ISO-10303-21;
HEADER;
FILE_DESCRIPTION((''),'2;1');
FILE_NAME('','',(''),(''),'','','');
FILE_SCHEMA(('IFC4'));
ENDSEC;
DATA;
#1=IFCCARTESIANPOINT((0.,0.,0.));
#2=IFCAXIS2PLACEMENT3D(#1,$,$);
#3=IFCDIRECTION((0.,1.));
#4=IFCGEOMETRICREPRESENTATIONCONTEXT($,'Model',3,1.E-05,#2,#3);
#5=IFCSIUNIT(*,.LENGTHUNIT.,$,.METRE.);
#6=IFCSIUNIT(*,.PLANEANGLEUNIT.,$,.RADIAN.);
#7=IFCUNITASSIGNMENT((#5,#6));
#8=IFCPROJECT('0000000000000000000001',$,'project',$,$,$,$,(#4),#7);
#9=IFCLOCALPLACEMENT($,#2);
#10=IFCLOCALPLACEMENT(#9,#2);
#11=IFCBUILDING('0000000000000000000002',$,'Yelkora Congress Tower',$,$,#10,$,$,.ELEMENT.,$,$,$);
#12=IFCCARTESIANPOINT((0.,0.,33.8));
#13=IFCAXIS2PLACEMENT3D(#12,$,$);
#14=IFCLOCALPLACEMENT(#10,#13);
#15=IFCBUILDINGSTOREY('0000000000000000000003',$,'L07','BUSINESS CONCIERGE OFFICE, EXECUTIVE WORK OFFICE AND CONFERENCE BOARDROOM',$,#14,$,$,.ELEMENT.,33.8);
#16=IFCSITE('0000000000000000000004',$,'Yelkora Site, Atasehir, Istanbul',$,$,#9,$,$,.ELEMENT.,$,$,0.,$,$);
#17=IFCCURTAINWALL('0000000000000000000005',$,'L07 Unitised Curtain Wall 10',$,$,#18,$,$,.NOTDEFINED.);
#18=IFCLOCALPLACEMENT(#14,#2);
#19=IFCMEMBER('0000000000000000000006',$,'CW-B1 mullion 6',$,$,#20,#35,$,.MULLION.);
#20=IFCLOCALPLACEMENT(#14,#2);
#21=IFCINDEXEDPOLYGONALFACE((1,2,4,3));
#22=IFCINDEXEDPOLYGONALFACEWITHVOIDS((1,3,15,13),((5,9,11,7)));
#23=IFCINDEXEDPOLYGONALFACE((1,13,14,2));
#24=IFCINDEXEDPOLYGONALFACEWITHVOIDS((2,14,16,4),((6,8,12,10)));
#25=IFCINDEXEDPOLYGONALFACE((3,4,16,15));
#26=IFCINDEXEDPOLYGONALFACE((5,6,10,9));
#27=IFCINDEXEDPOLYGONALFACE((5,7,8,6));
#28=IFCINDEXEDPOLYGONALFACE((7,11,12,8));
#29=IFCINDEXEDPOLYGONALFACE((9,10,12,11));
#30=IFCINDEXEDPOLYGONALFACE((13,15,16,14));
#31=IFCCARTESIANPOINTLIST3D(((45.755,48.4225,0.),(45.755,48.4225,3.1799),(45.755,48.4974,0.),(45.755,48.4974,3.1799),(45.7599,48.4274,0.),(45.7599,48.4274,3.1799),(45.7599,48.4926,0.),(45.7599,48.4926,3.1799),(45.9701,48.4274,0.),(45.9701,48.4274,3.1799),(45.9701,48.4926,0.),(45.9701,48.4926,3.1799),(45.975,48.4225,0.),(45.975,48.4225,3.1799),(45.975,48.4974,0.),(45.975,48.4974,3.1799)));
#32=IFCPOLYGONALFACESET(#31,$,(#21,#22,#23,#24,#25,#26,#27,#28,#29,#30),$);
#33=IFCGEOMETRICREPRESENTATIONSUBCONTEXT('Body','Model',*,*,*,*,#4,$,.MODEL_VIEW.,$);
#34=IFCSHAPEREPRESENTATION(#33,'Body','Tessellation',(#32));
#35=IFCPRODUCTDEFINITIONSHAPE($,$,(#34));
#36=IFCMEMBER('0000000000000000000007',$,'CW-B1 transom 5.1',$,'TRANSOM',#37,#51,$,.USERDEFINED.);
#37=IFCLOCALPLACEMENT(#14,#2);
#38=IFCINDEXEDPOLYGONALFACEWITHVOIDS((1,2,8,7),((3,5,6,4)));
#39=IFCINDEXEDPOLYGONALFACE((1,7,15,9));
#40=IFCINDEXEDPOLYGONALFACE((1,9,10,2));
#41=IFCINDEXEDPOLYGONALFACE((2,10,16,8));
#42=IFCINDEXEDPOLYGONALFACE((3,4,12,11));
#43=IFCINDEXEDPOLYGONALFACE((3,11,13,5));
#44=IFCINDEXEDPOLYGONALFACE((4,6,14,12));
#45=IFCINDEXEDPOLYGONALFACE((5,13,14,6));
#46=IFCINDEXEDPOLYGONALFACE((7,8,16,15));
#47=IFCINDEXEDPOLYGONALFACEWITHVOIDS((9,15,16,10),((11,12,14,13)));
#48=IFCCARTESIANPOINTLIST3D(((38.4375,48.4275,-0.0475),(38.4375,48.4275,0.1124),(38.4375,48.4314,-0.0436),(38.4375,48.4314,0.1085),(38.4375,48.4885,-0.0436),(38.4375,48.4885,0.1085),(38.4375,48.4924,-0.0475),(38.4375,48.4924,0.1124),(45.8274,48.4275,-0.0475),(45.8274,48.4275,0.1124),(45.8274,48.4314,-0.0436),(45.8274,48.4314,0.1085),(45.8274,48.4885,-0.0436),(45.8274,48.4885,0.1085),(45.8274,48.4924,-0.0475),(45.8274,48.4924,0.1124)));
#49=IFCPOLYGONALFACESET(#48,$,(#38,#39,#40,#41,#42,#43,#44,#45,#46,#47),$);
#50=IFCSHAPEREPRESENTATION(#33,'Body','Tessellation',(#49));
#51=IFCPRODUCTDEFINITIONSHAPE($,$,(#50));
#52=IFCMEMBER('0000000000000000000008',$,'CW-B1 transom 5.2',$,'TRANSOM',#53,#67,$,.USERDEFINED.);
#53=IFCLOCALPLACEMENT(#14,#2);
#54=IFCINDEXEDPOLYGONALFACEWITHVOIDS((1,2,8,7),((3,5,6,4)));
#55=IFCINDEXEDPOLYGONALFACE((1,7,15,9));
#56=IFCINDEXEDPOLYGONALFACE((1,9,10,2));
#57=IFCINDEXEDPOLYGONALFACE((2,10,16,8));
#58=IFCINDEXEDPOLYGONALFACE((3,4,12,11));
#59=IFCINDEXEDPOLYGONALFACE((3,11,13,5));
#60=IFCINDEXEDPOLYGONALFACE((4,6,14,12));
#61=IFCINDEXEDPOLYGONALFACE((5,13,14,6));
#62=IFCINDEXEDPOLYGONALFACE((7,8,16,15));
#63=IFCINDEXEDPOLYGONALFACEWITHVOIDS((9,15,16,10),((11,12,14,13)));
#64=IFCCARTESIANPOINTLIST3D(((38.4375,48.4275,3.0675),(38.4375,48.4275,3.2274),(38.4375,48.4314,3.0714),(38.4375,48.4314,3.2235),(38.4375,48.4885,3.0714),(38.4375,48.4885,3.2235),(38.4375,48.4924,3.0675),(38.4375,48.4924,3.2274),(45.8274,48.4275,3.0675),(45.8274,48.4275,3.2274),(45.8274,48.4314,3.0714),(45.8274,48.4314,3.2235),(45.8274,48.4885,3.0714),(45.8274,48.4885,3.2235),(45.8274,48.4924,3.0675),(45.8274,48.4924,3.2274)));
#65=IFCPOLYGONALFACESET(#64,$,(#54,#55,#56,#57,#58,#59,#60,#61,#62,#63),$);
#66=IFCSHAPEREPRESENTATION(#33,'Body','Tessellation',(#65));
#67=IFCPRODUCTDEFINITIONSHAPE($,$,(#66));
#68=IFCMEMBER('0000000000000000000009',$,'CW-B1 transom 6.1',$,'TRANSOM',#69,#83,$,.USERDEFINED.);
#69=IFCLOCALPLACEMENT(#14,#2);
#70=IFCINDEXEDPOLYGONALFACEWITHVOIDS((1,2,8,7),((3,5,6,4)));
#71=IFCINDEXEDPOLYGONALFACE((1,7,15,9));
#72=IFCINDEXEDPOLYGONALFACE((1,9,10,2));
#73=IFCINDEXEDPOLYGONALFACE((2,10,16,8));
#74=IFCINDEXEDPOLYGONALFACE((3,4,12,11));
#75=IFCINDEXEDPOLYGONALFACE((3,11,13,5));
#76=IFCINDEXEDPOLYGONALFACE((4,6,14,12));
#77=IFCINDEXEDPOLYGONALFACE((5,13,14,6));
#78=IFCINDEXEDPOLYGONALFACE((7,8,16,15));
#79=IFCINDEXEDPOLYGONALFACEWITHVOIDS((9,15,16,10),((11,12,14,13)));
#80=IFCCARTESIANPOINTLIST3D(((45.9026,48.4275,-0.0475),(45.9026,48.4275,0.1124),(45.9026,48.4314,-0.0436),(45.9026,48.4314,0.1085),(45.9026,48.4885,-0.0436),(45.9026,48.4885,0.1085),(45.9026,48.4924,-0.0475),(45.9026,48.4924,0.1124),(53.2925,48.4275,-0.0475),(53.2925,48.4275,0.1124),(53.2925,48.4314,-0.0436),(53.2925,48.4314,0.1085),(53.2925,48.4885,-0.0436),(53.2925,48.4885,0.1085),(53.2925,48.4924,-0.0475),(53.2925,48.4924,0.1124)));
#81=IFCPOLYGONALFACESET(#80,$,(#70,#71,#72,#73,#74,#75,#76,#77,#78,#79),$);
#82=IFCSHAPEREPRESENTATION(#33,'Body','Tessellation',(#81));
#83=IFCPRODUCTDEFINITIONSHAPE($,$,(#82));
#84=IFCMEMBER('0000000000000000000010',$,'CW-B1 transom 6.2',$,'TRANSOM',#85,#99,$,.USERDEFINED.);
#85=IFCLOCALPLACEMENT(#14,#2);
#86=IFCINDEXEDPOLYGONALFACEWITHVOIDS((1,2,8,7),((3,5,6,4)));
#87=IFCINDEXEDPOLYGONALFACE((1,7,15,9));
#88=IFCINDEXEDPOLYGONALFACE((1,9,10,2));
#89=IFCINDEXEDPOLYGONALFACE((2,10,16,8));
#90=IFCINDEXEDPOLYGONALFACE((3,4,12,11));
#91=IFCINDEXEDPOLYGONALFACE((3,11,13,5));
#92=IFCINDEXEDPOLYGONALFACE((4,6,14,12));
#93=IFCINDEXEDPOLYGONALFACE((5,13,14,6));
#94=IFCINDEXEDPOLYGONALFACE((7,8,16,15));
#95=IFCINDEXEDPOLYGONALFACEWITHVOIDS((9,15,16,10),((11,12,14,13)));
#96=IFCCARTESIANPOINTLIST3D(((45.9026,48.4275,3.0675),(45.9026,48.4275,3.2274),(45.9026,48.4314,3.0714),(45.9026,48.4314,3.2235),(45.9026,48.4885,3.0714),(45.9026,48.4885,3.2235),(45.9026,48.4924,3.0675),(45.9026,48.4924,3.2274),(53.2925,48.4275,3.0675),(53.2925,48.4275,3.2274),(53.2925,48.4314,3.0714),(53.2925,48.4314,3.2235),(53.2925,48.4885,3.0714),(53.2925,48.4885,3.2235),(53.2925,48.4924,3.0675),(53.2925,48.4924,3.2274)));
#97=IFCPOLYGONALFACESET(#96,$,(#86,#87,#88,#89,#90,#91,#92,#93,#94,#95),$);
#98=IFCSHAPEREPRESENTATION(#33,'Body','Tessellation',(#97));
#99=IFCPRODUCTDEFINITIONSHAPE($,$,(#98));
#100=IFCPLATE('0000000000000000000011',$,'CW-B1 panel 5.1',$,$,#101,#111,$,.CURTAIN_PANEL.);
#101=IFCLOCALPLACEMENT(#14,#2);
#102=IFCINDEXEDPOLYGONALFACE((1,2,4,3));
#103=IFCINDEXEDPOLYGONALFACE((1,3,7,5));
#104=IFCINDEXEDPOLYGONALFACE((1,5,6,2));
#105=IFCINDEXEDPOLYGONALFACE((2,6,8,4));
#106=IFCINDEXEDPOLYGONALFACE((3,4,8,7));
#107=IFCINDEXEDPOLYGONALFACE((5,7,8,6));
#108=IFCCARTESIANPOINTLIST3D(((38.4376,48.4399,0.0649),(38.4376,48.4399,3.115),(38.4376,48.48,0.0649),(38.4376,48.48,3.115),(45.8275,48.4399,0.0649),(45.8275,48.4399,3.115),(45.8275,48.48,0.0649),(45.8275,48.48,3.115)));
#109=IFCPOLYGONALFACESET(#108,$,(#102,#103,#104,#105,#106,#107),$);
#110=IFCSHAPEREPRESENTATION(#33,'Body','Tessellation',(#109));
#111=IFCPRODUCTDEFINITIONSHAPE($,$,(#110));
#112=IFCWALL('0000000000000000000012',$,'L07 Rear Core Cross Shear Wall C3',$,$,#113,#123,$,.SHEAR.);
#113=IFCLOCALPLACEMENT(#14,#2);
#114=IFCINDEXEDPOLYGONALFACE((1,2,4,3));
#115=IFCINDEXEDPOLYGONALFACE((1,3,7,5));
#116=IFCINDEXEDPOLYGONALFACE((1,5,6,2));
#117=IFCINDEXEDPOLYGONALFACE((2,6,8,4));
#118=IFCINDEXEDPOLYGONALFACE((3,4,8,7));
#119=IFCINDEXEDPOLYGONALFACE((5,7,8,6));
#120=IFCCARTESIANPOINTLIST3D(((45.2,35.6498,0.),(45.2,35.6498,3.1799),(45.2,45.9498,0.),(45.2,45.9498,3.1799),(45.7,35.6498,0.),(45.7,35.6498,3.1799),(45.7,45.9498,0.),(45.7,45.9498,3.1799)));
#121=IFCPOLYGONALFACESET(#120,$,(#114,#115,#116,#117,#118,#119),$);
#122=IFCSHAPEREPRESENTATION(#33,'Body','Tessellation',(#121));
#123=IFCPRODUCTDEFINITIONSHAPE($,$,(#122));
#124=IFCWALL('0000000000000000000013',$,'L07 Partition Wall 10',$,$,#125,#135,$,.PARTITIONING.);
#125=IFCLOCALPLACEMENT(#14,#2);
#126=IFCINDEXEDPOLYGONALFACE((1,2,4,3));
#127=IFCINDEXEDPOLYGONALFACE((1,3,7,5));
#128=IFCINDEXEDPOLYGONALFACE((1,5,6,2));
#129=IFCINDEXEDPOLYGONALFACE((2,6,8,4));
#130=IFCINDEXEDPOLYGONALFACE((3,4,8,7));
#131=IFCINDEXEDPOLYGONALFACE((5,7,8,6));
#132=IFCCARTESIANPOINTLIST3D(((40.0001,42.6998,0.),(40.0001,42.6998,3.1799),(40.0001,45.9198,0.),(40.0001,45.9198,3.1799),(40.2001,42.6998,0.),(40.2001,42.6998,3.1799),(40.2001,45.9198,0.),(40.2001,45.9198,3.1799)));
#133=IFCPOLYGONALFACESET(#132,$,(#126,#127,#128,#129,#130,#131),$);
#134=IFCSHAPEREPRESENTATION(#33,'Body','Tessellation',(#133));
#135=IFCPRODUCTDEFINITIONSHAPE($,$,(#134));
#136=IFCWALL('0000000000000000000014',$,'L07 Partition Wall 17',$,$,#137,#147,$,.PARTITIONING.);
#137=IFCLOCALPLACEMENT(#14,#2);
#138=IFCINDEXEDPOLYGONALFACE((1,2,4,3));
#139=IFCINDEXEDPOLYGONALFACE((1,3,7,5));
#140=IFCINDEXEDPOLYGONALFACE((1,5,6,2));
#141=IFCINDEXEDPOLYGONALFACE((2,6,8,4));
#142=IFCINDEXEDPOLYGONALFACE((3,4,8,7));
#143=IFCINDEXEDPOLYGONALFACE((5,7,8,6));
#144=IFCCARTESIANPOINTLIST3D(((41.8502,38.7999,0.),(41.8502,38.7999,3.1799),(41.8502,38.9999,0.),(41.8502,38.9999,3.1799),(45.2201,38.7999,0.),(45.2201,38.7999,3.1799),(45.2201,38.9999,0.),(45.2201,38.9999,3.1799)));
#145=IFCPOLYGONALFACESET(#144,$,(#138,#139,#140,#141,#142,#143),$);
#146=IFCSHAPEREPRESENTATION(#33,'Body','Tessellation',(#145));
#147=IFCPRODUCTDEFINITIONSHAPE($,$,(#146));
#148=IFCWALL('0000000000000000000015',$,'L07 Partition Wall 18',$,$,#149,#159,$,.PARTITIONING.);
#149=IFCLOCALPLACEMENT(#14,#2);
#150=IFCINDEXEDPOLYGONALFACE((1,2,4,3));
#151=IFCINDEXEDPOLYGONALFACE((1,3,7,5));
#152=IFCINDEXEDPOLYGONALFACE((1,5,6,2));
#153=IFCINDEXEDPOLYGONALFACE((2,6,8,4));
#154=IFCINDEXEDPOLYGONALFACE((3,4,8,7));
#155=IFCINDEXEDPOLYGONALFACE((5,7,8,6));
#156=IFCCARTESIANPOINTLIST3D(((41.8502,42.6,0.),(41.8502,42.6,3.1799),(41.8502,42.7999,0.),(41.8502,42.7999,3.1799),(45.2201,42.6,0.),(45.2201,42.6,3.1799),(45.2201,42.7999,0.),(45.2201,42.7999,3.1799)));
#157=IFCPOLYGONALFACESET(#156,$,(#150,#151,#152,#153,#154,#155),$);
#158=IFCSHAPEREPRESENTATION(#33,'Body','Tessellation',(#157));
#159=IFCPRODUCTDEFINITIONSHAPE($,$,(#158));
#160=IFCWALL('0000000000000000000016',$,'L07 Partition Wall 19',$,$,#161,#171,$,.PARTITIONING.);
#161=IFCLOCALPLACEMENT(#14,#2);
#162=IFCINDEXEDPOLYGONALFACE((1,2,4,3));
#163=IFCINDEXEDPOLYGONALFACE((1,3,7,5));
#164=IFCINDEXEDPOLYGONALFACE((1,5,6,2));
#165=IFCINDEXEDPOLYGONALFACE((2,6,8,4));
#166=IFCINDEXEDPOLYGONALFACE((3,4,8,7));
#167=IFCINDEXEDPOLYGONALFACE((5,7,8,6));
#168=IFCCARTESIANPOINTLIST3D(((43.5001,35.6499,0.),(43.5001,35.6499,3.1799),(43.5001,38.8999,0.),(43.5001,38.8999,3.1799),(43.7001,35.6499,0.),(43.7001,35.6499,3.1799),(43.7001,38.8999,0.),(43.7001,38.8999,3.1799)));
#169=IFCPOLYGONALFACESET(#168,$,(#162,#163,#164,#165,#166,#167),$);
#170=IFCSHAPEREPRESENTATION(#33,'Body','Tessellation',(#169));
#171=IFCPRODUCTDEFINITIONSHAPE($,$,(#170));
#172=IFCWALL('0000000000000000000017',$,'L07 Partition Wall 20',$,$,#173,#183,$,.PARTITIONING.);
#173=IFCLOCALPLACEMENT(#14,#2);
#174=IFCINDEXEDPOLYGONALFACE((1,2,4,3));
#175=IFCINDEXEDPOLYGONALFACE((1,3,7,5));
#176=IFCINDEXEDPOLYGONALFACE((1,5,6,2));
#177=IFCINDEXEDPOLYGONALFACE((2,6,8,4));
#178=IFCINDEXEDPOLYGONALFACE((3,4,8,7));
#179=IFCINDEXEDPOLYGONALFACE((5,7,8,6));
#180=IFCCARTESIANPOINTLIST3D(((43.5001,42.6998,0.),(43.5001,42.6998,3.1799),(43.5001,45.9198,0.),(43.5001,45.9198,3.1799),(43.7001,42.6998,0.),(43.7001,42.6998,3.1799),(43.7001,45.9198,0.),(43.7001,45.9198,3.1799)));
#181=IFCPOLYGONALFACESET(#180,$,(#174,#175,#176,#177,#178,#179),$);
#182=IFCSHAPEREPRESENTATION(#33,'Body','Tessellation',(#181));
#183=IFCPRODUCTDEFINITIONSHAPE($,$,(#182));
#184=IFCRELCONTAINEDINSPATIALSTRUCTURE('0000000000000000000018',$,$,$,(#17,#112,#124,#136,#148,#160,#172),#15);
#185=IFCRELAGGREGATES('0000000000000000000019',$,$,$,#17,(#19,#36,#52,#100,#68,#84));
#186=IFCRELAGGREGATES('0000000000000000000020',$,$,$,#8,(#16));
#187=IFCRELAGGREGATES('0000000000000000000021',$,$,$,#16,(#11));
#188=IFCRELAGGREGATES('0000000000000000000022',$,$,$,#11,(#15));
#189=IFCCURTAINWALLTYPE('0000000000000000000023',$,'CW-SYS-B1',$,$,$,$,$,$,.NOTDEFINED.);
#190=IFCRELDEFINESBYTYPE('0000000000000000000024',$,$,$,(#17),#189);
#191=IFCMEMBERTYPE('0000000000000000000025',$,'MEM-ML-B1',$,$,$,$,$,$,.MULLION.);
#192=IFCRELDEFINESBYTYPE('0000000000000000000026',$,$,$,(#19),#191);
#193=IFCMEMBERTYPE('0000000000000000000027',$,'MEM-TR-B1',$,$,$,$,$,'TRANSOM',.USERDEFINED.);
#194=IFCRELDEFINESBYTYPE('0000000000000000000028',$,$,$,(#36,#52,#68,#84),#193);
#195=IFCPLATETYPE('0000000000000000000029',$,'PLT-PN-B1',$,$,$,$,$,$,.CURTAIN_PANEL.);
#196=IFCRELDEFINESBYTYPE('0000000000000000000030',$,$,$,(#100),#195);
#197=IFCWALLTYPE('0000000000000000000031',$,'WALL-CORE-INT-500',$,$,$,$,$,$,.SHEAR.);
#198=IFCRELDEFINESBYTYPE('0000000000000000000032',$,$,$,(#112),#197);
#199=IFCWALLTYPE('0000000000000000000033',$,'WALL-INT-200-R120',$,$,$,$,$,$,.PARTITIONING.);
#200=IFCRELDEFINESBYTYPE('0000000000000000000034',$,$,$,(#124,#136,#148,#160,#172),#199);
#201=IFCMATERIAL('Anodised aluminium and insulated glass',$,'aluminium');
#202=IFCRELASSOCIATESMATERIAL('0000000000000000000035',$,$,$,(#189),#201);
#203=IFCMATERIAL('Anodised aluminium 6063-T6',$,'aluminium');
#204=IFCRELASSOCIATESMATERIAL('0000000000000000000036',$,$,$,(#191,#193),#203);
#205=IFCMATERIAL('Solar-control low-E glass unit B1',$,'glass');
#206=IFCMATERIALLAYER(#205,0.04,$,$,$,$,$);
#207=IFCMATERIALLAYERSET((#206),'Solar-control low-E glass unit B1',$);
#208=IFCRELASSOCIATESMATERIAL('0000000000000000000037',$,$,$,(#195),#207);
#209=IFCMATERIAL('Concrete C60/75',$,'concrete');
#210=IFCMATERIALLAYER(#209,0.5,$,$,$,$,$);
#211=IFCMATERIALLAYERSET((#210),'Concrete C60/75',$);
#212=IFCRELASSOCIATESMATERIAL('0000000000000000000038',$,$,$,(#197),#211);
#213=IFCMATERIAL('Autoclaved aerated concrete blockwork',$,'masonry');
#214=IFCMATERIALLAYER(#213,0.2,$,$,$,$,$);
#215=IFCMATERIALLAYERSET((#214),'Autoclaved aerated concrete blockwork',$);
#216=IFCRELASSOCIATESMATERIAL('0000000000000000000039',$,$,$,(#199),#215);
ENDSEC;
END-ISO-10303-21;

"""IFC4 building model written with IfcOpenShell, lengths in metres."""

from ifc_helpers import new_model, si_unit, direction, frame, frame_2d, origin, origin_2d, place, context, subcontext, project, spatial, rectangle, hollow_rectangle, extrude, material, layer, layer_set, material_profile, profile_set, type_object, element, aggregate, save


model = new_model("IFC4")

# Units and contexts
model_context = context("Model", 3, precision=1e-05, world=origin(), true_north=direction((0.0, 1.0)))
body_context = subcontext(model_context, "Body", "Model", "MODEL_VIEW")
ifc_project = project(units=[si_unit("LENGTHUNIT", "METRE"), si_unit("PLANEANGLEUNIT", "RADIAN")], contexts=[model_context])

# Site, building, storey
site_placement = place(None, origin())
site = spatial("IfcSite", under=ifc_project, at=site_placement, Name="Yelkora Site, Atasehir, Istanbul", CompositionType="ELEMENT", RefElevation=0.0)
building_placement = place(site_placement, origin())
building = spatial("IfcBuilding", under=site, at=building_placement, Name="Yelkora Congress Tower", CompositionType="ELEMENT")
storey_placement = place(building_placement, frame((0.0, 0.0, 33.8)))
storey = spatial("IfcBuildingStorey", under=building, at=storey_placement, Name="L07", Description="BUSINESS CONCIERGE OFFICE, EXECUTIVE WORK OFFICE AND CONFERENCE BOARDROOM", CompositionType="ELEMENT", Elevation=33.8)

# Shared definitions
ifc_material_1 = material(Name="Concrete C60/75", Category="concrete")

# Curtain wall, members, plate
ifc_material_2 = material(Name="Anodised aluminium and insulated glass", Category="aluminium")
curtain_wall_type = type_object("IfcCurtainWallType", Name="CW-SYS-B1", PredefinedType="NOTDEFINED", material=ifc_material_2)
curtain_wall_placement = place(storey_placement, origin())
curtain_wall = element("IfcCurtainWall", 1, at=curtain_wall_placement, inside=storey, type_object=curtain_wall_type, Name="L07 Unitised Curtain Wall 10", PredefinedType="NOTDEFINED")
ifc_material_3 = material(Name="Anodised aluminium 6063-T6", Category="aluminium")
ifc_material_profile_1 = material_profile(ifc_material_3, hollow_rectangle(XDim=0.075, YDim=0.22, WallThickness=0.0049, at=origin_2d()), Name="ALU 75x220x5")
ifc_profile_set_1 = profile_set([ifc_material_profile_1], Name="Anodised aluminium 6063-T6")
member_type_1 = type_object("IfcMemberType", Name="MEM-ML-B1", PredefinedType="MULLION", material=ifc_profile_set_1)
member_1_placement = place(storey_placement, frame((45.865, 48.46, 0.0), z_axis=(0.0, 0.0, 1.0), x_axis=(0.0, 1.0, 0.0)))
member_1 = element("IfcMember", 2, at=member_1_placement, type_object=member_type_1, Name="CW-B1 mullion 6", PredefinedType="MULLION", context=body_context, shape_type="SweptSolid", body=[
    extrude(hollow_rectangle(XDim=0.075, YDim=0.22, WallThickness=0.0049, at=origin_2d()), origin(), (0.0, 0.0, 1.0), 3.1799),
])
ifc_material_profile_2 = material_profile(ifc_material_3, hollow_rectangle(XDim=0.0649, YDim=0.1599, WallThickness=0.0039, at=origin_2d()), Name="ALU 65x160x4")
ifc_profile_set_2 = profile_set([ifc_material_profile_2], Name="Anodised aluminium 6063-T6")
member_type_2 = type_object("IfcMemberType", Name="MEM-TR-B1", ElementType="TRANSOM", PredefinedType="USERDEFINED", material=ifc_profile_set_2)
member_2_placement = place(storey_placement, frame((38.4375, 48.46, 0.0325), z_axis=(1.0, 0.0, 0.0), x_axis=(0.0, 1.0, 0.0)))
member_2 = element("IfcMember", 3, at=member_2_placement, type_object=member_type_2, Name="CW-B1 transom 5.1", ObjectType="TRANSOM", PredefinedType="USERDEFINED", context=body_context, shape_type="SweptSolid", body=[
    extrude(hollow_rectangle(XDim=0.0649, YDim=0.1599, WallThickness=0.0039, at=origin_2d()), origin(), (0.0, 0.0, 1.0), 7.3899),
])
member_3_placement = place(storey_placement, frame((38.4375, 48.46, 3.1475), z_axis=(1.0, 0.0, 0.0), x_axis=(0.0, 1.0, 0.0)))
member_3 = element("IfcMember", 4, at=member_3_placement, type_object=member_type_2, Name="CW-B1 transom 5.2", ObjectType="TRANSOM", PredefinedType="USERDEFINED", context=body_context, shape_type="SweptSolid", body=[
    extrude(hollow_rectangle(XDim=0.0649, YDim=0.1599, WallThickness=0.0039, at=origin_2d()), origin(), (0.0, 0.0, 1.0), 7.3899),
])
member_4_placement = place(storey_placement, frame((45.9026, 48.46, 0.0325), z_axis=(1.0, 0.0, 0.0), x_axis=(0.0, 1.0, 0.0)))
member_4 = element("IfcMember", 5, at=member_4_placement, type_object=member_type_2, Name="CW-B1 transom 6.1", ObjectType="TRANSOM", PredefinedType="USERDEFINED", context=body_context, shape_type="SweptSolid", body=[
    extrude(hollow_rectangle(XDim=0.0649, YDim=0.1599, WallThickness=0.0039, at=origin_2d()), origin(), (0.0, 0.0, 1.0), 7.3899),
])
member_5_placement = place(storey_placement, frame((45.9026, 48.46, 3.1475), z_axis=(1.0, 0.0, 0.0), x_axis=(0.0, 1.0, 0.0)))
member_5 = element("IfcMember", 6, at=member_5_placement, type_object=member_type_2, Name="CW-B1 transom 6.2", ObjectType="TRANSOM", PredefinedType="USERDEFINED", context=body_context, shape_type="SweptSolid", body=[
    extrude(hollow_rectangle(XDim=0.0649, YDim=0.1599, WallThickness=0.0039, at=origin_2d()), origin(), (0.0, 0.0, 1.0), 7.3899),
])
ifc_material_4 = material(Name="Solar-control low-E glass unit B1", Category="glass")
ifc_layer_1 = layer(ifc_material_4, 0.04)
ifc_layer_set_1 = layer_set([ifc_layer_1], Name="Solar-control low-E glass unit B1")
plate_type = type_object("IfcPlateType", Name="PLT-PN-B1", PredefinedType="CURTAIN_PANEL", material=ifc_layer_set_1)
plate_placement = place(storey_placement, frame((42.1326, 48.46, 0.0649), z_axis=(0.0, 0.0, 1.0), x_axis=(1.0, 0.0, 0.0)))
plate = element("IfcPlate", 7, at=plate_placement, type_object=plate_type, Name="CW-B1 panel 5.1", PredefinedType="CURTAIN_PANEL", context=body_context, shape_type="SweptSolid", body=[
    extrude(rectangle(XDim=7.3899, YDim=0.04, at=origin_2d()), origin(), (0.0, 0.0, 1.0), 3.05),
])
aggregate(curtain_wall, [member_1, member_2, member_3, plate, member_4, member_5])

# Wall
ifc_layer_2 = layer(ifc_material_1, 0.5)
ifc_layer_set_2 = layer_set([ifc_layer_2], Name="Concrete C60/75")
wall_type_1 = type_object("IfcWallType", Name="WALL-CORE-INT-500", PredefinedType="SHEAR", material=ifc_layer_set_2)
wall_1_placement = place(storey_placement, frame((45.45, 35.6499, 0.0), z_axis=(0.0, 0.0, 1.0), x_axis=(0.0, 1.0, 0.0)))
element("IfcWall", 8, at=wall_1_placement, inside=storey, type_object=wall_type_1, Name="L07 Rear Core Cross Shear Wall C3", PredefinedType="SHEAR", context=body_context, shape_type="SweptSolid", body=[
    extrude(rectangle(XDim=10.3, YDim=0.5, at=frame_2d((5.1499, 0.0))), origin(), (0.0, 0.0, 1.0), 3.1799),
])

# Walls
ifc_material_5 = material(Name="Autoclaved aerated concrete blockwork", Category="masonry")
ifc_layer_3 = layer(ifc_material_5, 0.2)
ifc_layer_set_3 = layer_set([ifc_layer_3], Name="Autoclaved aerated concrete blockwork")
wall_type_2 = type_object("IfcWallType", Name="WALL-INT-200-R120", PredefinedType="PARTITIONING", material=ifc_layer_set_3)
wall_2_placement = place(storey_placement, frame((40.1001, 42.7, 0.0), z_axis=(0.0, 0.0, 1.0), x_axis=(0.0, 1.0, 0.0)))
element("IfcWall", 9, at=wall_2_placement, inside=storey, type_object=wall_type_2, Name="L07 Partition Wall 10", PredefinedType="PARTITIONING", context=body_context, shape_type="SweptSolid", body=[
    extrude(rectangle(XDim=3.22, YDim=0.2, at=frame_2d((1.6099, 0.0))), origin(), (0.0, 0.0, 1.0), 3.1799),
])
for number, where, z_axis, x_axis, name in (
    (10, (41.8501, 38.8999, 0.0), (0.0, 0.0, 1.0), (1.0, 0.0, 0.0), "L07 Partition Wall 17"),
    (11, (41.8501, 42.7, 0.0), (0.0, 0.0, 1.0), (1.0, 0.0, 0.0), "L07 Partition Wall 18"),
):
    element("IfcWall", number, at=place(storey_placement, frame(where, z_axis=z_axis, x_axis=x_axis)), inside=storey, type_object=wall_type_2, Name=name, PredefinedType="PARTITIONING", context=body_context, shape_type="SweptSolid", body=[
        extrude(rectangle(XDim=3.3699, YDim=0.2, at=frame_2d((1.6851, 0.0))), origin(), (0.0, 0.0, 1.0), 3.1799),
    ])
wall_3_placement = place(storey_placement, frame((43.6001, 35.6499, 0.0), z_axis=(0.0, 0.0, 1.0), x_axis=(0.0, 1.0, 0.0)))
element("IfcWall", 12, at=wall_3_placement, inside=storey, type_object=wall_type_2, Name="L07 Partition Wall 19", PredefinedType="PARTITIONING", context=body_context, shape_type="SweptSolid", body=[
    extrude(rectangle(XDim=3.25, YDim=0.2, at=frame_2d((1.625, 0.0))), origin(), (0.0, 0.0, 1.0), 3.1799),
])
wall_4_placement = place(storey_placement, frame((43.6001, 42.7, 0.0), z_axis=(0.0, 0.0, 1.0), x_axis=(0.0, 1.0, 0.0)))
element("IfcWall", 13, at=wall_4_placement, inside=storey, type_object=wall_type_2, Name="L07 Partition Wall 20", PredefinedType="PARTITIONING", context=body_context, shape_type="SweptSolid", body=[
    extrude(rectangle(XDim=3.22, YDim=0.2, at=frame_2d((1.6099, 0.0))), origin(), (0.0, 0.0, 1.0), 3.1799),
])

save(model, "model.ifc")
